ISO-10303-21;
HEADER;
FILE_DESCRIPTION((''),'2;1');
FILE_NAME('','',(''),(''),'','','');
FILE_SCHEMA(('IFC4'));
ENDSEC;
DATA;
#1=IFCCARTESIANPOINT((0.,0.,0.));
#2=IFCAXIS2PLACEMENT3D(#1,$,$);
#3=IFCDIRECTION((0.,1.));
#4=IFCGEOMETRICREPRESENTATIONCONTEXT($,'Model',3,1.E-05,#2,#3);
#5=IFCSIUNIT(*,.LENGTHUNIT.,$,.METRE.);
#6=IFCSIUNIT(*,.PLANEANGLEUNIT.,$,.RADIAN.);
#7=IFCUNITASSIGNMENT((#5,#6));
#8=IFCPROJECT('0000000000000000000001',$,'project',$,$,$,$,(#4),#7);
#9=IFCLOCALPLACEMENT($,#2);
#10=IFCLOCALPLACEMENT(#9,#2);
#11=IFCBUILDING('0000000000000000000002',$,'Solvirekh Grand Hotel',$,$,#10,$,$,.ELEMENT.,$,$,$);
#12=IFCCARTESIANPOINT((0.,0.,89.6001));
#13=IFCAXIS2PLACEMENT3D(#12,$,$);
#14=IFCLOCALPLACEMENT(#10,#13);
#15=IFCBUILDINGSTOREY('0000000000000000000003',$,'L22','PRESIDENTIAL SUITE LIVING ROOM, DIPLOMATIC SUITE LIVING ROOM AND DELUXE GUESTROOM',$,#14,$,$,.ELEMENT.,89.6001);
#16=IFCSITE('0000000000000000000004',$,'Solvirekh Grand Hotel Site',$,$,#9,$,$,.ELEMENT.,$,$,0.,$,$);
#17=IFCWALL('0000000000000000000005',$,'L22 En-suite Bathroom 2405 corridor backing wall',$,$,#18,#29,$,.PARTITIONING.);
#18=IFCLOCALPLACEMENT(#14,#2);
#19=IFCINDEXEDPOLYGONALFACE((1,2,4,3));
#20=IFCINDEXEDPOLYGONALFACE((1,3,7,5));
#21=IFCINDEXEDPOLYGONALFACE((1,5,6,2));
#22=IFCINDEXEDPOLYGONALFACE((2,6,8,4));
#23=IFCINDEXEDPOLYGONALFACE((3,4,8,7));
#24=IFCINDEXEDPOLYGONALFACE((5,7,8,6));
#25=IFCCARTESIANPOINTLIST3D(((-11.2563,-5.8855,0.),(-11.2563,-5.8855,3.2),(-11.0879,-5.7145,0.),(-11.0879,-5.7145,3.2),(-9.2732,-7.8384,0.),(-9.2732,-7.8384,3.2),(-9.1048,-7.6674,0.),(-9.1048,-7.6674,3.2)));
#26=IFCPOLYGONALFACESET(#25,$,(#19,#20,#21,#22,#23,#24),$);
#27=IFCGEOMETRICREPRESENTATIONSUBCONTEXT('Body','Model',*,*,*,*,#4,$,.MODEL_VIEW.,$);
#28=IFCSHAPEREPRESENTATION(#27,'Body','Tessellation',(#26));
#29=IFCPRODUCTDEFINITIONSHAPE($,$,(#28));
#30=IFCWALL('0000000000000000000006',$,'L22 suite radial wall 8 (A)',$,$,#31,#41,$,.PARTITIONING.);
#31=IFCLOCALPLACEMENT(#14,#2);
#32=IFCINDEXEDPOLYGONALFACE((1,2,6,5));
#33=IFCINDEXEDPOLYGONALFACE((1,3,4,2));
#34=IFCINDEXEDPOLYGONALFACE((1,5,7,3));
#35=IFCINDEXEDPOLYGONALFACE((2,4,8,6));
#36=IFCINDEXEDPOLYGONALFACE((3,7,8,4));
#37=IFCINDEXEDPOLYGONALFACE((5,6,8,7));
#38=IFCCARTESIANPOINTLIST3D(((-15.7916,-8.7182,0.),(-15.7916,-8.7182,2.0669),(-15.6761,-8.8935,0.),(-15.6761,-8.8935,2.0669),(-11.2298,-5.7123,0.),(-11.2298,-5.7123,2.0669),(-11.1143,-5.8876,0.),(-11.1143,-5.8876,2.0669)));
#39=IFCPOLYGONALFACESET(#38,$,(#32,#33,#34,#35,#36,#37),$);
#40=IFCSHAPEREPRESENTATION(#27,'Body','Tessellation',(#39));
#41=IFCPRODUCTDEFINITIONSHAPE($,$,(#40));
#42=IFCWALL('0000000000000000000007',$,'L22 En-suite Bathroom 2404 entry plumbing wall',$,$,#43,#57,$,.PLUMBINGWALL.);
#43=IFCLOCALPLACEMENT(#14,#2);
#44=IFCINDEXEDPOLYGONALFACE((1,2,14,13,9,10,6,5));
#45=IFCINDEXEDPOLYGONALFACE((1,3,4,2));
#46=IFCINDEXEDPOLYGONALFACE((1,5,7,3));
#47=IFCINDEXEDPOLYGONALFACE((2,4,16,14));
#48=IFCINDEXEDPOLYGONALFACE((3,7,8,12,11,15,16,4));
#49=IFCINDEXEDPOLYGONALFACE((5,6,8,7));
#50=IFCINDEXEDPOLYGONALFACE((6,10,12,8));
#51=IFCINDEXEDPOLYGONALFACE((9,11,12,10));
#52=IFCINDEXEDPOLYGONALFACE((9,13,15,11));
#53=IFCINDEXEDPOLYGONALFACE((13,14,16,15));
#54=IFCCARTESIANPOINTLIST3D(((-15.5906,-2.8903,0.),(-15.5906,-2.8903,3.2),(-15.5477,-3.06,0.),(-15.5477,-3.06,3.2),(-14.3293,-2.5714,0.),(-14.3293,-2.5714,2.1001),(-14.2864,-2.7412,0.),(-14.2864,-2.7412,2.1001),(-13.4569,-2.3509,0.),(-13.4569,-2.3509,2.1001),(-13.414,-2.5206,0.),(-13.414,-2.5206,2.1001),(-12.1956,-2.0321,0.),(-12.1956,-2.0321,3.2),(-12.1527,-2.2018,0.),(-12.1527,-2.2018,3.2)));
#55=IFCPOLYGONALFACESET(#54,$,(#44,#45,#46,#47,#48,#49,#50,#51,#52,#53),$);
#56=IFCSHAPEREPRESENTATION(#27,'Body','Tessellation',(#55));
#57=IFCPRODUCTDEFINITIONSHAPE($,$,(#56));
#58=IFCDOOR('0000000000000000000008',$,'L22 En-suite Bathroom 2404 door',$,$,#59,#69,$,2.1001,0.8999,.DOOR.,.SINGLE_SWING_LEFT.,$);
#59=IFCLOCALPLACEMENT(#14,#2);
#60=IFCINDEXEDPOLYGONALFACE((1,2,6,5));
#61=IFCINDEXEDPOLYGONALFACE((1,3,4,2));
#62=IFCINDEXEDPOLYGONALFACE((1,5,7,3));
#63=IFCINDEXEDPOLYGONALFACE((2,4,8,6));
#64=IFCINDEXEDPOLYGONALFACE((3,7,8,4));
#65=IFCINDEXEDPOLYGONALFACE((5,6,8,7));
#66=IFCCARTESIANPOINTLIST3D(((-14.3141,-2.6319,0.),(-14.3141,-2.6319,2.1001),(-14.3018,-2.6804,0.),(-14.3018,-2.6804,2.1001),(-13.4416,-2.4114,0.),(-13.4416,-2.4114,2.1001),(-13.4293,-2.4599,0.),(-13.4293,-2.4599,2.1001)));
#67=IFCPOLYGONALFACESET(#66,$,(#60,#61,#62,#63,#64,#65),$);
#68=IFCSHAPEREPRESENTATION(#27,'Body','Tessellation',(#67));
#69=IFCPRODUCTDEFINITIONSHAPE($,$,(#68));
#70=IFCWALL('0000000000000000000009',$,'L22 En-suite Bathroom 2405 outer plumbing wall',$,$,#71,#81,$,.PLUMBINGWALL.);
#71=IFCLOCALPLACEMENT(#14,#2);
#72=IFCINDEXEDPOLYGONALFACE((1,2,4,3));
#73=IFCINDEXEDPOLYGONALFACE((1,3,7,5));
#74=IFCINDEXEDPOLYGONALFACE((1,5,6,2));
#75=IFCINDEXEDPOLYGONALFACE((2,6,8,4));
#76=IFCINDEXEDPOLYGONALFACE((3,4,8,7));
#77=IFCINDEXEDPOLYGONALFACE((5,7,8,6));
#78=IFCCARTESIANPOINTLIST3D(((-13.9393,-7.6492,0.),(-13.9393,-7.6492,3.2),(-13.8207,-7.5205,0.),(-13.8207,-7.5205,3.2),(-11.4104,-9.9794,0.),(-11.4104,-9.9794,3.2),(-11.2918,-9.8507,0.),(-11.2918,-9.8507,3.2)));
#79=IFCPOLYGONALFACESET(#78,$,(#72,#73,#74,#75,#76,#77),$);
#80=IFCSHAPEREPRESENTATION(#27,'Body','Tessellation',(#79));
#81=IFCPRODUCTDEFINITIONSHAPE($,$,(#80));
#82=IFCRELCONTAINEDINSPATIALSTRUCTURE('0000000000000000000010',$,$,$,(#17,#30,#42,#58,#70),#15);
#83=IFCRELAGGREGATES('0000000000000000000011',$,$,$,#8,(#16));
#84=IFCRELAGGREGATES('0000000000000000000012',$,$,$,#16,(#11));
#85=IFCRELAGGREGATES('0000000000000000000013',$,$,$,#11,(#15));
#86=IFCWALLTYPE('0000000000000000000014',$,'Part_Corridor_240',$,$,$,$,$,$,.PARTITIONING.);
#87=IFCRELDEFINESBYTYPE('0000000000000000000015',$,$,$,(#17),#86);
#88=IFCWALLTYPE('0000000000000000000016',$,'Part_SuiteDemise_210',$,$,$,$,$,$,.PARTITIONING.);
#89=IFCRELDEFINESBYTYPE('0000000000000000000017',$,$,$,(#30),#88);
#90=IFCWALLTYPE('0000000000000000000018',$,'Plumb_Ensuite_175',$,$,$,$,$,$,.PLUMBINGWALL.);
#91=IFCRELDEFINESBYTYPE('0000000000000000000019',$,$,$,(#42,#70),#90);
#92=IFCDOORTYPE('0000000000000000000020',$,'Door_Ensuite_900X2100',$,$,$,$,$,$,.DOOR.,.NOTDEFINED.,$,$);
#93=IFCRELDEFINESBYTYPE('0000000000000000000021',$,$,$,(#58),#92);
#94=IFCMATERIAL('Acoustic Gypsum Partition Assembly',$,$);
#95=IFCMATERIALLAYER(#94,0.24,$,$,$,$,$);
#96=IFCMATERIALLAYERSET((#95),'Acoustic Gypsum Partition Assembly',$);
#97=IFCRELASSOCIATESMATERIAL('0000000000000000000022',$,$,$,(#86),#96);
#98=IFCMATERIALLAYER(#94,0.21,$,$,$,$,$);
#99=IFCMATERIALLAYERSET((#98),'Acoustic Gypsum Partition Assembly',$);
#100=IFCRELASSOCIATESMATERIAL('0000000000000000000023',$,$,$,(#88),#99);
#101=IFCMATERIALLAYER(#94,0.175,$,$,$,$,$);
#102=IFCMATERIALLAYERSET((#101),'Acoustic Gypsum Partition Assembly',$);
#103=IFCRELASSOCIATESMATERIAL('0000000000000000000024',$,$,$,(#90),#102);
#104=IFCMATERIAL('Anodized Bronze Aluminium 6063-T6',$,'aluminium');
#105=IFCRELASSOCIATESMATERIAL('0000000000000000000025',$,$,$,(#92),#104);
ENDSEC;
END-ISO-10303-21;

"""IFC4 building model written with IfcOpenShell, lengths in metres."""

from ifc_helpers import new_model, si_unit, direction, frame, frame_2d, origin, place, context, subcontext, project, spatial, rectangle, extrude, material, layer, layer_set, type_object, element, fill, save


model = new_model("IFC4")

# Units and contexts
model_context = context("Model", 3, precision=1e-05, world=origin(), true_north=direction((0.0, 1.0)))
body_context = subcontext(model_context, "Body", "Model", "MODEL_VIEW")
ifc_project = project(units=[si_unit("LENGTHUNIT", "METRE"), si_unit("PLANEANGLEUNIT", "RADIAN")], contexts=[model_context])

# Site, building, storey
site_placement = place(None, origin())
site = spatial("IfcSite", under=ifc_project, at=site_placement, Name="Solvirekh Grand Hotel Site", CompositionType="ELEMENT", RefElevation=0.0)
building_placement = place(site_placement, origin())
building = spatial("IfcBuilding", under=site, at=building_placement, Name="Solvirekh Grand Hotel", CompositionType="ELEMENT")
storey_placement = place(building_placement, frame((0.0, 0.0, 89.6001)))
storey = spatial("IfcBuildingStorey", under=building, at=storey_placement, Name="L22", Description="PRESIDENTIAL SUITE LIVING ROOM, DIPLOMATIC SUITE LIVING ROOM AND DELUXE GUESTROOM", CompositionType="ELEMENT", Elevation=89.6001)

# Shared definitions
ifc_material_1 = material(Name="Anodized Bronze Aluminium 6063-T6", Category="aluminium")

# Shared definitions
ifc_material_2 = material(Name="Acoustic Gypsum Partition Assembly")
ifc_layer_1 = layer(ifc_material_2, 0.24)
ifc_layer_set_1 = layer_set([ifc_layer_1], Name="Acoustic Gypsum Partition Assembly")
wall_type_1 = type_object("IfcWallType", Name="Part_Corridor_240", PredefinedType="PARTITIONING", material=ifc_layer_set_1)

# Walls
wall_1_placement = place(storey_placement, frame((-11.1721, -5.8, 0.0), z_axis=(0.0, 0.0, 1.0), x_axis=(0.712524, -0.701647, 0.0)))
element("IfcWall", 1, at=wall_1_placement, inside=storey, type_object=wall_type_1, Name="L22 En-suite Bathroom 2405 corridor backing wall", PredefinedType="PARTITIONING", context=body_context, shape_type="SweptSolid", body=[
    extrude(rectangle(XDim=2.7832, YDim=0.24, at=frame_2d((1.3916, 0.0))), origin(), (0.0, 0.0, 1.0), 3.2),
])
ifc_layer_2 = layer(ifc_material_2, 0.21)
ifc_layer_set_2 = layer_set([ifc_layer_2], Name="Acoustic Gypsum Partition Assembly")
wall_type_2 = type_object("IfcWallType", Name="Part_SuiteDemise_210", PredefinedType="PARTITIONING", material=ifc_layer_set_2)
wall_2_placement = place(storey_placement, frame((-11.1721, -5.8, 0.0), z_axis=(0.0, 0.0, 1.0), x_axis=(-0.835022, -0.550216, 0.0)))
element("IfcWall", 2, at=wall_2_placement, inside=storey, type_object=wall_type_2, Name="L22 suite radial wall 8 (A)", PredefinedType="PARTITIONING", context=body_context, shape_type="SweptSolid", body=[
    extrude(rectangle(XDim=5.4631, YDim=0.21, at=frame_2d((2.7314, 0.0))), origin(), (0.0, 0.0, 1.0), 2.0669),
])

# Wall, opening, door
ifc_layer_3 = layer(ifc_material_2, 0.175)
ifc_layer_set_3 = layer_set([ifc_layer_3], Name="Acoustic Gypsum Partition Assembly")
wall_type_3 = type_object("IfcWallType", Name="Plumb_Ensuite_175", PredefinedType="PLUMBINGWALL", material=ifc_layer_set_3)
wall_3_placement = place(storey_placement, frame((-12.1741, -2.1169, 0.0), z_axis=(0.0, 0.0, 1.0), x_axis=(-0.969508, -0.245061, 0.0)))
wall_3 = element("IfcWall", 3, at=wall_3_placement, inside=storey, type_object=wall_type_3, Name="L22 En-suite Bathroom 2404 entry plumbing wall", PredefinedType="PLUMBINGWALL", context=body_context, shape_type="SweptSolid", body=[
    extrude(rectangle(XDim=3.5017, YDim=0.175, at=frame_2d((1.751, 0.0))), origin(), (0.0, 0.0, 1.0), 3.2),
])
opening_1_placement = place(wall_3_placement, frame((1.301, 0.0, 0.0)))
opening_1 = element("IfcOpeningElement", 4, at=opening_1_placement, cuts=wall_3, PredefinedType="OPENING", context=body_context, shape_type="SweptSolid", body=[
    extrude(rectangle(XDim=0.8999, YDim=2.1001, at=frame_2d((0.45, 1.05))), frame((0.0, 0.0977, 0.0), z_axis=(0.0, -1.0, 0.0), x_axis=(1.0, 0.0, 0.0)), (0.0, 0.0, 1.0), 0.1951),
])
door_type_1 = type_object("IfcDoorType", Name="Door_Ensuite_900X2100", OperationType="NOTDEFINED", PredefinedType="DOOR", material=ifc_material_1)
door_1_placement = place(opening_1_placement, origin())
door_1 = element("IfcDoor", 5, at=door_1_placement, inside=storey, type_object=door_type_1, Name="L22 En-suite Bathroom 2404 door", OperationType="SINGLE_SWING_LEFT", OverallHeight=2.1001, OverallWidth=0.8999, PredefinedType="DOOR", context=body_context, shape_type="SweptSolid", body=[
    extrude(rectangle(XDim=0.8999, YDim=2.1001, at=frame_2d((0.45, 1.05))), frame((0.0, 0.0249, 0.0), z_axis=(0.0, -1.0, 0.0), x_axis=(1.0, 0.0, 0.0)), (0.0, 0.0, 1.0), 0.05),
])
fill(opening_1, door_1)

# Wall
wall_4_placement = place(storey_placement, frame((-13.8799, -7.585, 0.0), z_axis=(0.0, 0.0, 1.0), x_axis=(0.735413, -0.677619, 0.0)))
element("IfcWall", 6, at=wall_4_placement, inside=storey, type_object=wall_type_3, Name="L22 En-suite Bathroom 2405 outer plumbing wall", PredefinedType="PLUMBINGWALL", context=body_context, shape_type="SweptSolid", body=[
    extrude(rectangle(XDim=3.4387, YDim=0.175, at=frame_2d((1.7192, 0.0))), origin(), (0.0, 0.0, 1.0), 3.2),
])

save(model, "model.ifc")
